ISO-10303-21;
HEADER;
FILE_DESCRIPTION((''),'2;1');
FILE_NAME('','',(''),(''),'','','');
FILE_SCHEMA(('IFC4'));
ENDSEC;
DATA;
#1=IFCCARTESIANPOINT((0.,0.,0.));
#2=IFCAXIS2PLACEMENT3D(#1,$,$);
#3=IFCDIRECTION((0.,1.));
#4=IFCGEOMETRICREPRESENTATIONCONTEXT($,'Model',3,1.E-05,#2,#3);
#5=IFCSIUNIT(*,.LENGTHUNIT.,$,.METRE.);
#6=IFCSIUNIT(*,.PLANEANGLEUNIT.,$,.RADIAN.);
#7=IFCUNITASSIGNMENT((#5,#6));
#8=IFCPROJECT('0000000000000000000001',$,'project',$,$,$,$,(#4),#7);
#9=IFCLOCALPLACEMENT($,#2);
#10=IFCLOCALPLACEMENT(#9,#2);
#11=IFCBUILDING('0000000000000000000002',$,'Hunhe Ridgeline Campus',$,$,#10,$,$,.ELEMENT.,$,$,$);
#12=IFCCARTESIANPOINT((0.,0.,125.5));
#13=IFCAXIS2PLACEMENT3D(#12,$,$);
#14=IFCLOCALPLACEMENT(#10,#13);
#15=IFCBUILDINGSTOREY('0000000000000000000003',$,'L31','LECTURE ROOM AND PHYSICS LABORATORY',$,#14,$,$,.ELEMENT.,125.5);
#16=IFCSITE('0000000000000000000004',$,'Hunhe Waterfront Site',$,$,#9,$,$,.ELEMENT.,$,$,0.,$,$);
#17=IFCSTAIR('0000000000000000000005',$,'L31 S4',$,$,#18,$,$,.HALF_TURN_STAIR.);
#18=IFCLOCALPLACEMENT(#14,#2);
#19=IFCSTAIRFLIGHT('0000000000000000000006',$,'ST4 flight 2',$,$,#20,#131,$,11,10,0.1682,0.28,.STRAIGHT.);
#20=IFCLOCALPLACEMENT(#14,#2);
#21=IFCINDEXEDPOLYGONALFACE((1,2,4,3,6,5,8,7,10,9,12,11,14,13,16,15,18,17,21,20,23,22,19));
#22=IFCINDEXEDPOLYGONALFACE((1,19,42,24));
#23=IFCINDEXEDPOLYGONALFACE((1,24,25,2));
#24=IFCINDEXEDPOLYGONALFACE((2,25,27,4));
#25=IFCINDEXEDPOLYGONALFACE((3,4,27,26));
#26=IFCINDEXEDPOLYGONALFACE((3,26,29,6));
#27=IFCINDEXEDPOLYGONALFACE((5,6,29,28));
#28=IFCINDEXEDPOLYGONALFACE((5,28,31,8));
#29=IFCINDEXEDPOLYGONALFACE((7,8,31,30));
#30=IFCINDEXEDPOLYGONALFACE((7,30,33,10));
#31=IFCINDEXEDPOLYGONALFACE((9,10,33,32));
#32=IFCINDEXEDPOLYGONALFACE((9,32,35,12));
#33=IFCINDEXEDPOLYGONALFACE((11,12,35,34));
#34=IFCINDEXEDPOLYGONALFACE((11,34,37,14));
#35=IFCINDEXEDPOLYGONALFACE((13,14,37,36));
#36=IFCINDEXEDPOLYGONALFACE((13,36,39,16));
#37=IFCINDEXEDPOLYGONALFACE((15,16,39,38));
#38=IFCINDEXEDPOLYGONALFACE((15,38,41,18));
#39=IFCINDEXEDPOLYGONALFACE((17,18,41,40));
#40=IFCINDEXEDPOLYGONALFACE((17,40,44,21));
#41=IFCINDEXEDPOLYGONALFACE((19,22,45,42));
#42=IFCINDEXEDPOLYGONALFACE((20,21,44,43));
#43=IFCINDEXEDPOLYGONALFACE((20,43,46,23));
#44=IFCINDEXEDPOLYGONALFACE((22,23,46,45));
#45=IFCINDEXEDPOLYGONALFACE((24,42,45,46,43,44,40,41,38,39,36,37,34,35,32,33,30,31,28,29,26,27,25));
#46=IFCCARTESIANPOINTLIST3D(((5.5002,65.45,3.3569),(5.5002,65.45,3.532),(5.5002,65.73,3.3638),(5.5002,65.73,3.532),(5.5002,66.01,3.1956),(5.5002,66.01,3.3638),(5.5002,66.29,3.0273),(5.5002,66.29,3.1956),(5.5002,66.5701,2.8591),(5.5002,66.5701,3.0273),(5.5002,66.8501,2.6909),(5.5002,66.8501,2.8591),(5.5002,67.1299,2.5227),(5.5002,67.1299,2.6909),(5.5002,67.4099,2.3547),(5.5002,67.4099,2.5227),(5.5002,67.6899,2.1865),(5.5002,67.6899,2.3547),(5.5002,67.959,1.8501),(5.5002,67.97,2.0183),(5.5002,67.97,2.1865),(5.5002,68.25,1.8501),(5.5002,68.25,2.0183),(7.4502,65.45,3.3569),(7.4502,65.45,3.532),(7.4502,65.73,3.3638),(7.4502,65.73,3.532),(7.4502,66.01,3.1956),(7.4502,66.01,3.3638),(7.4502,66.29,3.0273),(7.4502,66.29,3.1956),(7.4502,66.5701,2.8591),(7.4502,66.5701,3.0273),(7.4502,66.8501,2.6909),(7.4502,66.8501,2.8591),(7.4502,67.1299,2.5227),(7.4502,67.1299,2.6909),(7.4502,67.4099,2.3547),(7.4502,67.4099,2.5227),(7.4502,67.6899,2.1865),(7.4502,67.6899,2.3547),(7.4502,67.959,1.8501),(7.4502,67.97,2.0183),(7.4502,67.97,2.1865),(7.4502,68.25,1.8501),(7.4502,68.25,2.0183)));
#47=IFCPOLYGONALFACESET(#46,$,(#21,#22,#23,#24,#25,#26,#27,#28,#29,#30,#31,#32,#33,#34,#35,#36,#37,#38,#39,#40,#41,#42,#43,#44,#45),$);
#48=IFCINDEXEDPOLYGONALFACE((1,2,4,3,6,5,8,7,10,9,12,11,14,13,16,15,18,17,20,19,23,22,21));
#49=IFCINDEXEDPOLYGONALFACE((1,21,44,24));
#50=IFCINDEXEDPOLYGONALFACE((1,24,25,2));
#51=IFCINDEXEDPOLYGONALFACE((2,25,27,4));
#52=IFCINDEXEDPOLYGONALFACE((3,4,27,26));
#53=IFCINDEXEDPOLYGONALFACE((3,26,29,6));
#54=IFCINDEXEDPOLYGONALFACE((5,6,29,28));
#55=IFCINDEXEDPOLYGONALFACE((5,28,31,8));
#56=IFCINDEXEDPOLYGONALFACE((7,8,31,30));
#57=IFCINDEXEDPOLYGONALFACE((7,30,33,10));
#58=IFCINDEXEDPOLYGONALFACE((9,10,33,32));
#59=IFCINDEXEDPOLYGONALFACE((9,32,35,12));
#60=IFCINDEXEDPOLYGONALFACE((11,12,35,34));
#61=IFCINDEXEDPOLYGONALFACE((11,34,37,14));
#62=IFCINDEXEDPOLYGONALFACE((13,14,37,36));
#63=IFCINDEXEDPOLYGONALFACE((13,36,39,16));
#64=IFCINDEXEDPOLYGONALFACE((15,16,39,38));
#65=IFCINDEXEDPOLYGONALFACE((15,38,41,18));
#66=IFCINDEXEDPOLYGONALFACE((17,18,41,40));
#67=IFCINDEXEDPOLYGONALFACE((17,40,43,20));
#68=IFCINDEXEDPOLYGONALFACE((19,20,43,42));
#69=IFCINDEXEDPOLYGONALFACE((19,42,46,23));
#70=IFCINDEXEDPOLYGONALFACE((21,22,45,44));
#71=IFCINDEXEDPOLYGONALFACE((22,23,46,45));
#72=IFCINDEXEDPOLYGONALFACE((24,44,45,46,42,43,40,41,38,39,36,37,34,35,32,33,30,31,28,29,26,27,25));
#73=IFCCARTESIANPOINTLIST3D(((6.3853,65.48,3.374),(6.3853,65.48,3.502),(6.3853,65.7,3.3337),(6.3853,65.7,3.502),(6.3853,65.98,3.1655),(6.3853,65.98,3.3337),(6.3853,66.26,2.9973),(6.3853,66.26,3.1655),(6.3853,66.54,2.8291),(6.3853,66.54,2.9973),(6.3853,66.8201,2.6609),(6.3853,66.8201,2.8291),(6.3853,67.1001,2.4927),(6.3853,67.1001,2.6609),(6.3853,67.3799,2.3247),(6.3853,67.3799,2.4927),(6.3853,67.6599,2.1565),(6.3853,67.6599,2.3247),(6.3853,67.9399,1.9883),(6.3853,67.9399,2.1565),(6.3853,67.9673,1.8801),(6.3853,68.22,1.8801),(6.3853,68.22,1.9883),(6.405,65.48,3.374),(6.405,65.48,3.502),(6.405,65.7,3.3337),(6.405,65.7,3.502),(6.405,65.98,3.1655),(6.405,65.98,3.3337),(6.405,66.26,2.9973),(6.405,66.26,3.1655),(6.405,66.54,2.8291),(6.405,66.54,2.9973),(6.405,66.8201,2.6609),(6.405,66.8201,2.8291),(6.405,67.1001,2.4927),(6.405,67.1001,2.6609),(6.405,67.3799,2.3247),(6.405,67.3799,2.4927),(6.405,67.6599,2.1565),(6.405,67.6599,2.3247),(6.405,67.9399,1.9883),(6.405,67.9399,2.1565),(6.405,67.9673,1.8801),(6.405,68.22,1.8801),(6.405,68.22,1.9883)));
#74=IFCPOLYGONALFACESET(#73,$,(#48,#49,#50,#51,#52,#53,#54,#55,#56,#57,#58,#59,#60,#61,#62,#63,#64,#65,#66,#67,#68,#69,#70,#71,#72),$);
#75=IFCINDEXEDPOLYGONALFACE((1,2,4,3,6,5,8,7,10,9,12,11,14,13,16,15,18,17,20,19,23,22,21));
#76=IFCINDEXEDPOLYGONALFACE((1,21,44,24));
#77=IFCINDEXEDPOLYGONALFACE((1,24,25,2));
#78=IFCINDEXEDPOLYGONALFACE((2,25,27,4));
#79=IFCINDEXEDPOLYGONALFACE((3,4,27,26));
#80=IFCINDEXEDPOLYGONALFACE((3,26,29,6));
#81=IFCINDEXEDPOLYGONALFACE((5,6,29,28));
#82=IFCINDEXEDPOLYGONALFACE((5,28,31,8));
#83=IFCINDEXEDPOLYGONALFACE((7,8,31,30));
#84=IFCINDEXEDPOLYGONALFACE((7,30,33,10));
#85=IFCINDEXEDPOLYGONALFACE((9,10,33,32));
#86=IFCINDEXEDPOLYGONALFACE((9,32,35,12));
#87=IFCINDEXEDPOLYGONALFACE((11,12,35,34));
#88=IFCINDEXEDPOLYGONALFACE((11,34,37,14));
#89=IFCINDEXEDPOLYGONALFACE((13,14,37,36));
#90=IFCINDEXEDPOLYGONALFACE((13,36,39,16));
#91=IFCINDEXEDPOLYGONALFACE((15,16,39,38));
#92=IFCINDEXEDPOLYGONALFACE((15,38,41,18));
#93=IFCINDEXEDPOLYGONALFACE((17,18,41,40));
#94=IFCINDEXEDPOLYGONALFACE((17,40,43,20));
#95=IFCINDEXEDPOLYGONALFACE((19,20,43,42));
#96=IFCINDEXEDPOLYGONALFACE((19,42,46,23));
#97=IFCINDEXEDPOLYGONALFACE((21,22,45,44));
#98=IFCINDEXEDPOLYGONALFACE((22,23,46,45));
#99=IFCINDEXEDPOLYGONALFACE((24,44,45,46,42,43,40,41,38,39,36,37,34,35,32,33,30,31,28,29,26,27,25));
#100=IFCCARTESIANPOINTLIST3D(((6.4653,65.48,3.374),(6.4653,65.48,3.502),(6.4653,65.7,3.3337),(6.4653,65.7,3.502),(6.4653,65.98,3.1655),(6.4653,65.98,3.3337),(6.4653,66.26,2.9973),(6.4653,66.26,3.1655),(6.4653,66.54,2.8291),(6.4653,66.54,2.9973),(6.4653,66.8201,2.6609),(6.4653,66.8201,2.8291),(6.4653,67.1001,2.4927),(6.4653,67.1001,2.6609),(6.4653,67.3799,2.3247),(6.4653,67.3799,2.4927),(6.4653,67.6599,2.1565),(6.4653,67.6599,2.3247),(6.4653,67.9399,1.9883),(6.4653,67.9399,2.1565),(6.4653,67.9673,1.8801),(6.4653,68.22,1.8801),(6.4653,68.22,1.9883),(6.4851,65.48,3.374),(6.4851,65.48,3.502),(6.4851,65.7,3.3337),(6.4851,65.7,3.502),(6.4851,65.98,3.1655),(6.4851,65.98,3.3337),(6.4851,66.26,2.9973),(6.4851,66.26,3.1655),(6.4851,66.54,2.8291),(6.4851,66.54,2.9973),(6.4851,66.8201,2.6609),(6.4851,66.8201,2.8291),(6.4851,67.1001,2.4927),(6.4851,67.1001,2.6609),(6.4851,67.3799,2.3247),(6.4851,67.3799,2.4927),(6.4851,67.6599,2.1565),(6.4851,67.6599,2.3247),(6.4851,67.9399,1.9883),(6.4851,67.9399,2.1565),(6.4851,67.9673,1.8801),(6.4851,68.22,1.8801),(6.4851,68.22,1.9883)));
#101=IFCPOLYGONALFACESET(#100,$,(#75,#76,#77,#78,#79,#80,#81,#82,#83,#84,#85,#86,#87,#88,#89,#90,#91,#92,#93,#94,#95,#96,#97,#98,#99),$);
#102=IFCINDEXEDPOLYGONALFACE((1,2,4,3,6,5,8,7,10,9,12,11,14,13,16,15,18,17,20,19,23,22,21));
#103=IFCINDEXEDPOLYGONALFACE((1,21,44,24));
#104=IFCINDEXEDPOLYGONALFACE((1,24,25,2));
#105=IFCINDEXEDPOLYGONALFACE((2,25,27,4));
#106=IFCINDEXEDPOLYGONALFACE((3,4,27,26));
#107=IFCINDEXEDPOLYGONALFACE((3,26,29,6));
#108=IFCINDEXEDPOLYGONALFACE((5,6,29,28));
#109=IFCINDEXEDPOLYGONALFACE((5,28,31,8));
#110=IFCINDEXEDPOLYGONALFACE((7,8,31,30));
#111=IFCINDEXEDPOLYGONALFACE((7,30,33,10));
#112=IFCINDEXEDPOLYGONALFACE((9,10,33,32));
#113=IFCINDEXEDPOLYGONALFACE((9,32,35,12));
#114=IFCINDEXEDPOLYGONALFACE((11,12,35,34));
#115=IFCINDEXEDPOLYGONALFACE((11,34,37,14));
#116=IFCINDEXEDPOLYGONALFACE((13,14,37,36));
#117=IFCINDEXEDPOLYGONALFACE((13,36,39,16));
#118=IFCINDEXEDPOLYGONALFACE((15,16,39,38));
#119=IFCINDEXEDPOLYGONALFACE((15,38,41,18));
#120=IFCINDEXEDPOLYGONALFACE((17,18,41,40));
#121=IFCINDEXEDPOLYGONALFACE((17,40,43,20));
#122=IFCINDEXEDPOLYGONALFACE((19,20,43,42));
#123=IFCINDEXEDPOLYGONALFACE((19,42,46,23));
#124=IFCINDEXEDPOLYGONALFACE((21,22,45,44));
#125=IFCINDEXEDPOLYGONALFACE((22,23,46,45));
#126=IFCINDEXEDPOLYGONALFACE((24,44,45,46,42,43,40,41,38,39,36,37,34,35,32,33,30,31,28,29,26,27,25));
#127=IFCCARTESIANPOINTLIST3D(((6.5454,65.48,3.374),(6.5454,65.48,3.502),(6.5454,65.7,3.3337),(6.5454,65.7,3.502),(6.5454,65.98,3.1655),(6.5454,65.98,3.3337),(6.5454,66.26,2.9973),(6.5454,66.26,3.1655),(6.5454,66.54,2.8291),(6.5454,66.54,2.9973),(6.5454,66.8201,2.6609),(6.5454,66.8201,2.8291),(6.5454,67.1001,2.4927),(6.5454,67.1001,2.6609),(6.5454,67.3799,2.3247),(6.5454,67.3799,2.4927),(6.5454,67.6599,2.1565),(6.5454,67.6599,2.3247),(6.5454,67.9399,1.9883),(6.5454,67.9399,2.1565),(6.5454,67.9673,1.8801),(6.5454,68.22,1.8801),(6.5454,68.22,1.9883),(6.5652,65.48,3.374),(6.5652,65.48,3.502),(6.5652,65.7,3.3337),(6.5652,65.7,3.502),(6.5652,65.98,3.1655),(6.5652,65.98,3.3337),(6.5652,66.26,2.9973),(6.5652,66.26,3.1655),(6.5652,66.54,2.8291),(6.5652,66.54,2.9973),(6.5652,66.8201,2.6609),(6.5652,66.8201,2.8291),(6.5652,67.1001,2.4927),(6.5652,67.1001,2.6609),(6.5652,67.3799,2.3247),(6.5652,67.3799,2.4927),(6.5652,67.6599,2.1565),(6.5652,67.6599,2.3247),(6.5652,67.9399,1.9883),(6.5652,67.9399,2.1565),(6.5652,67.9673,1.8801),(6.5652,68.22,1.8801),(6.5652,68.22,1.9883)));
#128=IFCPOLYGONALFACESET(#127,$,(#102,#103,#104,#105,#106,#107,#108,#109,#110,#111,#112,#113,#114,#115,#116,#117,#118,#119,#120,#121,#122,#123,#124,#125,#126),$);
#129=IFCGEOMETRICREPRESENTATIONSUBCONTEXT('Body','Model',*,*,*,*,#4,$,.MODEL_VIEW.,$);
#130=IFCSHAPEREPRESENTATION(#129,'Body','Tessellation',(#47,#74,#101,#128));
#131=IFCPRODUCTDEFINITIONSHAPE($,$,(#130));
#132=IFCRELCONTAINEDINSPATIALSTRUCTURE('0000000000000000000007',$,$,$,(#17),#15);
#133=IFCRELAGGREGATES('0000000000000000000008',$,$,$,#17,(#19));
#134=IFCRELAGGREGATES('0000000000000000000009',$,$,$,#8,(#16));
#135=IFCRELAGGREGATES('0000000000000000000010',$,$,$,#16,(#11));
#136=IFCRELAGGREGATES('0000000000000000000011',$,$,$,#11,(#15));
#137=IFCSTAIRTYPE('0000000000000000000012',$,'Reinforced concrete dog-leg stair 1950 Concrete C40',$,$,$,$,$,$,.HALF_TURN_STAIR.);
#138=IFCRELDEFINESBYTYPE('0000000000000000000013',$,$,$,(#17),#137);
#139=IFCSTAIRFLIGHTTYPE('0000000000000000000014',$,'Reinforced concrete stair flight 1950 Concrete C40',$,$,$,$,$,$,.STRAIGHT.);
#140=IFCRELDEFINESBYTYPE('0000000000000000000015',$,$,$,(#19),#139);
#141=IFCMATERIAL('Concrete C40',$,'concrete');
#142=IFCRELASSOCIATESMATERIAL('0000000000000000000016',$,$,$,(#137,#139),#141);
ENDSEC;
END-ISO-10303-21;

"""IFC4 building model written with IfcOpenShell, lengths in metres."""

from ifc_helpers import new_model, si_unit, direction, frame, origin, place, context, subcontext, project, spatial, polyline, outline, extrude, material, type_object, element, aggregate, save


model = new_model("IFC4")

# Units and contexts
model_context = context("Model", 3, precision=1e-05, world=origin(), true_north=direction((0.0, 1.0)))
body_context = subcontext(model_context, "Body", "Model", "MODEL_VIEW")
ifc_project = project(units=[si_unit("LENGTHUNIT", "METRE"), si_unit("PLANEANGLEUNIT", "RADIAN")], contexts=[model_context])

# Site, building, storey
site_placement = place(None, origin())
site = spatial("IfcSite", under=ifc_project, at=site_placement, Name="Hunhe Waterfront Site", CompositionType="ELEMENT", RefElevation=0.0)
building_placement = place(site_placement, origin())
building = spatial("IfcBuilding", under=site, at=building_placement, Name="Hunhe Ridgeline Campus", CompositionType="ELEMENT")
storey_placement = place(building_placement, frame((0.0, 0.0, 125.5)))
storey = spatial("IfcBuildingStorey", under=building, at=storey_placement, Name="L31", Description="LECTURE ROOM AND PHYSICS LABORATORY", CompositionType="ELEMENT", Elevation=125.5)

# Stair, stair flight
ifc_material_1 = material(Name="Concrete C40", Category="concrete")
stair_type = type_object("IfcStairType", Name="Reinforced concrete dog-leg stair 1950 Concrete C40", PredefinedType="HALF_TURN_STAIR", material=ifc_material_1)
stair_flight_type = type_object("IfcStairFlightType", Name="Reinforced concrete stair flight 1950 Concrete C40", PredefinedType="STRAIGHT", material=ifc_material_1)
stair_1_placement = place(storey_placement, origin())
stair_1 = element("IfcStair", 1, at=stair_1_placement, inside=storey, type_object=stair_type, Name="L31 S4", PredefinedType="HALF_TURN_STAIR")
stair_flight_1_placement = place(storey_placement, frame((6.4751, 68.25, 1.8501), z_axis=(0.0, 0.0, 1.0), x_axis=(0.0, -1.0, 0.0)))
stair_flight_1 = element("IfcStairFlight", 2, at=stair_flight_1_placement, type_object=stair_flight_type, Name="ST4 flight 2", NumberOfRisers=11, NumberOfTreads=10, PredefinedType="STRAIGHT", RiserHeight=0.1682, TreadLength=0.28, context=body_context, shape_type="SweptSolid", body=[
    extrude(outline(polyline([(0.0, 0.0), (0.0, 0.1682), (0.28, 0.1682), (0.28, 0.3364), (0.5601, 0.3364), (0.5601, 0.5046), (0.8401, 0.5046), (0.8401, 0.6726), (1.1201, 0.6726), (1.1201, 0.8408), (1.3999, 0.8408), (1.3999, 1.009), (1.6799, 1.009), (1.6799, 1.1772), (1.96, 1.1772), (1.96, 1.3455), (2.24, 1.3455), (2.24, 1.5137), (2.52, 1.5137), (2.52, 1.6819), (2.8, 1.6819), (2.8, 1.8501), (2.8, 1.5068), (0.291, 0.0), (0.0, 0.0)])), frame((0.0, 0.9751, 0.0), z_axis=(0.0, -1.0, 0.0), x_axis=(1.0, 0.0, 0.0)), (0.0, 0.0, 1.0), 1.95),
    extrude(outline(polyline([(0.03, 0.03), (0.03, 0.1382), (0.3101, 0.1382), (0.3101, 0.3064), (0.5901, 0.3064), (0.5901, 0.4746), (0.8701, 0.4746), (0.8701, 0.6426), (1.1499, 0.6426), (1.1499, 0.8108), (1.4299, 0.8108), (1.4299, 0.979), (1.71, 0.979), (1.71, 1.1472), (1.99, 1.1472), (1.99, 1.3154), (2.27, 1.3154), (2.27, 1.4836), (2.55, 1.4836), (2.55, 1.6519), (2.77, 1.6519), (2.77, 1.5239), (0.2827, 0.03), (0.03, 0.03)])), frame((0.0, -0.0701, 0.0), z_axis=(0.0, -1.0, 0.0), x_axis=(1.0, 0.0, 0.0)), (0.0, 0.0, 1.0), 0.0198),
    extrude(outline(polyline([(0.03, 0.03), (0.03, 0.1382), (0.3101, 0.1382), (0.3101, 0.3064), (0.5901, 0.3064), (0.5901, 0.4746), (0.8701, 0.4746), (0.8701, 0.6426), (1.1499, 0.6426), (1.1499, 0.8108), (1.4299, 0.8108), (1.4299, 0.979), (1.71, 0.979), (1.71, 1.1472), (1.99, 1.1472), (1.99, 1.3154), (2.27, 1.3154), (2.27, 1.4836), (2.55, 1.4836), (2.55, 1.6519), (2.77, 1.6519), (2.77, 1.5239), (0.2827, 0.03), (0.03, 0.03)])), frame((0.0, 0.01, 0.0), z_axis=(0.0, -1.0, 0.0), x_axis=(1.0, 0.0, 0.0)), (0.0, 0.0, 1.0), 0.0198),
    extrude(outline(polyline([(0.03, 0.03), (0.03, 0.1382), (0.3101, 0.1382), (0.3101, 0.3064), (0.5901, 0.3064), (0.5901, 0.4746), (0.8701, 0.4746), (0.8701, 0.6426), (1.1499, 0.6426), (1.1499, 0.8108), (1.4299, 0.8108), (1.4299, 0.979), (1.71, 0.979), (1.71, 1.1472), (1.99, 1.1472), (1.99, 1.3154), (2.27, 1.3154), (2.27, 1.4836), (2.55, 1.4836), (2.55, 1.6519), (2.77, 1.6519), (2.77, 1.5239), (0.2827, 0.03), (0.03, 0.03)])), frame((0.0, 0.0901, 0.0), z_axis=(0.0, -1.0, 0.0), x_axis=(1.0, 0.0, 0.0)), (0.0, 0.0, 1.0), 0.0198),
])
aggregate(stair_1, [stair_flight_1])

save(model, "model.ifc")
